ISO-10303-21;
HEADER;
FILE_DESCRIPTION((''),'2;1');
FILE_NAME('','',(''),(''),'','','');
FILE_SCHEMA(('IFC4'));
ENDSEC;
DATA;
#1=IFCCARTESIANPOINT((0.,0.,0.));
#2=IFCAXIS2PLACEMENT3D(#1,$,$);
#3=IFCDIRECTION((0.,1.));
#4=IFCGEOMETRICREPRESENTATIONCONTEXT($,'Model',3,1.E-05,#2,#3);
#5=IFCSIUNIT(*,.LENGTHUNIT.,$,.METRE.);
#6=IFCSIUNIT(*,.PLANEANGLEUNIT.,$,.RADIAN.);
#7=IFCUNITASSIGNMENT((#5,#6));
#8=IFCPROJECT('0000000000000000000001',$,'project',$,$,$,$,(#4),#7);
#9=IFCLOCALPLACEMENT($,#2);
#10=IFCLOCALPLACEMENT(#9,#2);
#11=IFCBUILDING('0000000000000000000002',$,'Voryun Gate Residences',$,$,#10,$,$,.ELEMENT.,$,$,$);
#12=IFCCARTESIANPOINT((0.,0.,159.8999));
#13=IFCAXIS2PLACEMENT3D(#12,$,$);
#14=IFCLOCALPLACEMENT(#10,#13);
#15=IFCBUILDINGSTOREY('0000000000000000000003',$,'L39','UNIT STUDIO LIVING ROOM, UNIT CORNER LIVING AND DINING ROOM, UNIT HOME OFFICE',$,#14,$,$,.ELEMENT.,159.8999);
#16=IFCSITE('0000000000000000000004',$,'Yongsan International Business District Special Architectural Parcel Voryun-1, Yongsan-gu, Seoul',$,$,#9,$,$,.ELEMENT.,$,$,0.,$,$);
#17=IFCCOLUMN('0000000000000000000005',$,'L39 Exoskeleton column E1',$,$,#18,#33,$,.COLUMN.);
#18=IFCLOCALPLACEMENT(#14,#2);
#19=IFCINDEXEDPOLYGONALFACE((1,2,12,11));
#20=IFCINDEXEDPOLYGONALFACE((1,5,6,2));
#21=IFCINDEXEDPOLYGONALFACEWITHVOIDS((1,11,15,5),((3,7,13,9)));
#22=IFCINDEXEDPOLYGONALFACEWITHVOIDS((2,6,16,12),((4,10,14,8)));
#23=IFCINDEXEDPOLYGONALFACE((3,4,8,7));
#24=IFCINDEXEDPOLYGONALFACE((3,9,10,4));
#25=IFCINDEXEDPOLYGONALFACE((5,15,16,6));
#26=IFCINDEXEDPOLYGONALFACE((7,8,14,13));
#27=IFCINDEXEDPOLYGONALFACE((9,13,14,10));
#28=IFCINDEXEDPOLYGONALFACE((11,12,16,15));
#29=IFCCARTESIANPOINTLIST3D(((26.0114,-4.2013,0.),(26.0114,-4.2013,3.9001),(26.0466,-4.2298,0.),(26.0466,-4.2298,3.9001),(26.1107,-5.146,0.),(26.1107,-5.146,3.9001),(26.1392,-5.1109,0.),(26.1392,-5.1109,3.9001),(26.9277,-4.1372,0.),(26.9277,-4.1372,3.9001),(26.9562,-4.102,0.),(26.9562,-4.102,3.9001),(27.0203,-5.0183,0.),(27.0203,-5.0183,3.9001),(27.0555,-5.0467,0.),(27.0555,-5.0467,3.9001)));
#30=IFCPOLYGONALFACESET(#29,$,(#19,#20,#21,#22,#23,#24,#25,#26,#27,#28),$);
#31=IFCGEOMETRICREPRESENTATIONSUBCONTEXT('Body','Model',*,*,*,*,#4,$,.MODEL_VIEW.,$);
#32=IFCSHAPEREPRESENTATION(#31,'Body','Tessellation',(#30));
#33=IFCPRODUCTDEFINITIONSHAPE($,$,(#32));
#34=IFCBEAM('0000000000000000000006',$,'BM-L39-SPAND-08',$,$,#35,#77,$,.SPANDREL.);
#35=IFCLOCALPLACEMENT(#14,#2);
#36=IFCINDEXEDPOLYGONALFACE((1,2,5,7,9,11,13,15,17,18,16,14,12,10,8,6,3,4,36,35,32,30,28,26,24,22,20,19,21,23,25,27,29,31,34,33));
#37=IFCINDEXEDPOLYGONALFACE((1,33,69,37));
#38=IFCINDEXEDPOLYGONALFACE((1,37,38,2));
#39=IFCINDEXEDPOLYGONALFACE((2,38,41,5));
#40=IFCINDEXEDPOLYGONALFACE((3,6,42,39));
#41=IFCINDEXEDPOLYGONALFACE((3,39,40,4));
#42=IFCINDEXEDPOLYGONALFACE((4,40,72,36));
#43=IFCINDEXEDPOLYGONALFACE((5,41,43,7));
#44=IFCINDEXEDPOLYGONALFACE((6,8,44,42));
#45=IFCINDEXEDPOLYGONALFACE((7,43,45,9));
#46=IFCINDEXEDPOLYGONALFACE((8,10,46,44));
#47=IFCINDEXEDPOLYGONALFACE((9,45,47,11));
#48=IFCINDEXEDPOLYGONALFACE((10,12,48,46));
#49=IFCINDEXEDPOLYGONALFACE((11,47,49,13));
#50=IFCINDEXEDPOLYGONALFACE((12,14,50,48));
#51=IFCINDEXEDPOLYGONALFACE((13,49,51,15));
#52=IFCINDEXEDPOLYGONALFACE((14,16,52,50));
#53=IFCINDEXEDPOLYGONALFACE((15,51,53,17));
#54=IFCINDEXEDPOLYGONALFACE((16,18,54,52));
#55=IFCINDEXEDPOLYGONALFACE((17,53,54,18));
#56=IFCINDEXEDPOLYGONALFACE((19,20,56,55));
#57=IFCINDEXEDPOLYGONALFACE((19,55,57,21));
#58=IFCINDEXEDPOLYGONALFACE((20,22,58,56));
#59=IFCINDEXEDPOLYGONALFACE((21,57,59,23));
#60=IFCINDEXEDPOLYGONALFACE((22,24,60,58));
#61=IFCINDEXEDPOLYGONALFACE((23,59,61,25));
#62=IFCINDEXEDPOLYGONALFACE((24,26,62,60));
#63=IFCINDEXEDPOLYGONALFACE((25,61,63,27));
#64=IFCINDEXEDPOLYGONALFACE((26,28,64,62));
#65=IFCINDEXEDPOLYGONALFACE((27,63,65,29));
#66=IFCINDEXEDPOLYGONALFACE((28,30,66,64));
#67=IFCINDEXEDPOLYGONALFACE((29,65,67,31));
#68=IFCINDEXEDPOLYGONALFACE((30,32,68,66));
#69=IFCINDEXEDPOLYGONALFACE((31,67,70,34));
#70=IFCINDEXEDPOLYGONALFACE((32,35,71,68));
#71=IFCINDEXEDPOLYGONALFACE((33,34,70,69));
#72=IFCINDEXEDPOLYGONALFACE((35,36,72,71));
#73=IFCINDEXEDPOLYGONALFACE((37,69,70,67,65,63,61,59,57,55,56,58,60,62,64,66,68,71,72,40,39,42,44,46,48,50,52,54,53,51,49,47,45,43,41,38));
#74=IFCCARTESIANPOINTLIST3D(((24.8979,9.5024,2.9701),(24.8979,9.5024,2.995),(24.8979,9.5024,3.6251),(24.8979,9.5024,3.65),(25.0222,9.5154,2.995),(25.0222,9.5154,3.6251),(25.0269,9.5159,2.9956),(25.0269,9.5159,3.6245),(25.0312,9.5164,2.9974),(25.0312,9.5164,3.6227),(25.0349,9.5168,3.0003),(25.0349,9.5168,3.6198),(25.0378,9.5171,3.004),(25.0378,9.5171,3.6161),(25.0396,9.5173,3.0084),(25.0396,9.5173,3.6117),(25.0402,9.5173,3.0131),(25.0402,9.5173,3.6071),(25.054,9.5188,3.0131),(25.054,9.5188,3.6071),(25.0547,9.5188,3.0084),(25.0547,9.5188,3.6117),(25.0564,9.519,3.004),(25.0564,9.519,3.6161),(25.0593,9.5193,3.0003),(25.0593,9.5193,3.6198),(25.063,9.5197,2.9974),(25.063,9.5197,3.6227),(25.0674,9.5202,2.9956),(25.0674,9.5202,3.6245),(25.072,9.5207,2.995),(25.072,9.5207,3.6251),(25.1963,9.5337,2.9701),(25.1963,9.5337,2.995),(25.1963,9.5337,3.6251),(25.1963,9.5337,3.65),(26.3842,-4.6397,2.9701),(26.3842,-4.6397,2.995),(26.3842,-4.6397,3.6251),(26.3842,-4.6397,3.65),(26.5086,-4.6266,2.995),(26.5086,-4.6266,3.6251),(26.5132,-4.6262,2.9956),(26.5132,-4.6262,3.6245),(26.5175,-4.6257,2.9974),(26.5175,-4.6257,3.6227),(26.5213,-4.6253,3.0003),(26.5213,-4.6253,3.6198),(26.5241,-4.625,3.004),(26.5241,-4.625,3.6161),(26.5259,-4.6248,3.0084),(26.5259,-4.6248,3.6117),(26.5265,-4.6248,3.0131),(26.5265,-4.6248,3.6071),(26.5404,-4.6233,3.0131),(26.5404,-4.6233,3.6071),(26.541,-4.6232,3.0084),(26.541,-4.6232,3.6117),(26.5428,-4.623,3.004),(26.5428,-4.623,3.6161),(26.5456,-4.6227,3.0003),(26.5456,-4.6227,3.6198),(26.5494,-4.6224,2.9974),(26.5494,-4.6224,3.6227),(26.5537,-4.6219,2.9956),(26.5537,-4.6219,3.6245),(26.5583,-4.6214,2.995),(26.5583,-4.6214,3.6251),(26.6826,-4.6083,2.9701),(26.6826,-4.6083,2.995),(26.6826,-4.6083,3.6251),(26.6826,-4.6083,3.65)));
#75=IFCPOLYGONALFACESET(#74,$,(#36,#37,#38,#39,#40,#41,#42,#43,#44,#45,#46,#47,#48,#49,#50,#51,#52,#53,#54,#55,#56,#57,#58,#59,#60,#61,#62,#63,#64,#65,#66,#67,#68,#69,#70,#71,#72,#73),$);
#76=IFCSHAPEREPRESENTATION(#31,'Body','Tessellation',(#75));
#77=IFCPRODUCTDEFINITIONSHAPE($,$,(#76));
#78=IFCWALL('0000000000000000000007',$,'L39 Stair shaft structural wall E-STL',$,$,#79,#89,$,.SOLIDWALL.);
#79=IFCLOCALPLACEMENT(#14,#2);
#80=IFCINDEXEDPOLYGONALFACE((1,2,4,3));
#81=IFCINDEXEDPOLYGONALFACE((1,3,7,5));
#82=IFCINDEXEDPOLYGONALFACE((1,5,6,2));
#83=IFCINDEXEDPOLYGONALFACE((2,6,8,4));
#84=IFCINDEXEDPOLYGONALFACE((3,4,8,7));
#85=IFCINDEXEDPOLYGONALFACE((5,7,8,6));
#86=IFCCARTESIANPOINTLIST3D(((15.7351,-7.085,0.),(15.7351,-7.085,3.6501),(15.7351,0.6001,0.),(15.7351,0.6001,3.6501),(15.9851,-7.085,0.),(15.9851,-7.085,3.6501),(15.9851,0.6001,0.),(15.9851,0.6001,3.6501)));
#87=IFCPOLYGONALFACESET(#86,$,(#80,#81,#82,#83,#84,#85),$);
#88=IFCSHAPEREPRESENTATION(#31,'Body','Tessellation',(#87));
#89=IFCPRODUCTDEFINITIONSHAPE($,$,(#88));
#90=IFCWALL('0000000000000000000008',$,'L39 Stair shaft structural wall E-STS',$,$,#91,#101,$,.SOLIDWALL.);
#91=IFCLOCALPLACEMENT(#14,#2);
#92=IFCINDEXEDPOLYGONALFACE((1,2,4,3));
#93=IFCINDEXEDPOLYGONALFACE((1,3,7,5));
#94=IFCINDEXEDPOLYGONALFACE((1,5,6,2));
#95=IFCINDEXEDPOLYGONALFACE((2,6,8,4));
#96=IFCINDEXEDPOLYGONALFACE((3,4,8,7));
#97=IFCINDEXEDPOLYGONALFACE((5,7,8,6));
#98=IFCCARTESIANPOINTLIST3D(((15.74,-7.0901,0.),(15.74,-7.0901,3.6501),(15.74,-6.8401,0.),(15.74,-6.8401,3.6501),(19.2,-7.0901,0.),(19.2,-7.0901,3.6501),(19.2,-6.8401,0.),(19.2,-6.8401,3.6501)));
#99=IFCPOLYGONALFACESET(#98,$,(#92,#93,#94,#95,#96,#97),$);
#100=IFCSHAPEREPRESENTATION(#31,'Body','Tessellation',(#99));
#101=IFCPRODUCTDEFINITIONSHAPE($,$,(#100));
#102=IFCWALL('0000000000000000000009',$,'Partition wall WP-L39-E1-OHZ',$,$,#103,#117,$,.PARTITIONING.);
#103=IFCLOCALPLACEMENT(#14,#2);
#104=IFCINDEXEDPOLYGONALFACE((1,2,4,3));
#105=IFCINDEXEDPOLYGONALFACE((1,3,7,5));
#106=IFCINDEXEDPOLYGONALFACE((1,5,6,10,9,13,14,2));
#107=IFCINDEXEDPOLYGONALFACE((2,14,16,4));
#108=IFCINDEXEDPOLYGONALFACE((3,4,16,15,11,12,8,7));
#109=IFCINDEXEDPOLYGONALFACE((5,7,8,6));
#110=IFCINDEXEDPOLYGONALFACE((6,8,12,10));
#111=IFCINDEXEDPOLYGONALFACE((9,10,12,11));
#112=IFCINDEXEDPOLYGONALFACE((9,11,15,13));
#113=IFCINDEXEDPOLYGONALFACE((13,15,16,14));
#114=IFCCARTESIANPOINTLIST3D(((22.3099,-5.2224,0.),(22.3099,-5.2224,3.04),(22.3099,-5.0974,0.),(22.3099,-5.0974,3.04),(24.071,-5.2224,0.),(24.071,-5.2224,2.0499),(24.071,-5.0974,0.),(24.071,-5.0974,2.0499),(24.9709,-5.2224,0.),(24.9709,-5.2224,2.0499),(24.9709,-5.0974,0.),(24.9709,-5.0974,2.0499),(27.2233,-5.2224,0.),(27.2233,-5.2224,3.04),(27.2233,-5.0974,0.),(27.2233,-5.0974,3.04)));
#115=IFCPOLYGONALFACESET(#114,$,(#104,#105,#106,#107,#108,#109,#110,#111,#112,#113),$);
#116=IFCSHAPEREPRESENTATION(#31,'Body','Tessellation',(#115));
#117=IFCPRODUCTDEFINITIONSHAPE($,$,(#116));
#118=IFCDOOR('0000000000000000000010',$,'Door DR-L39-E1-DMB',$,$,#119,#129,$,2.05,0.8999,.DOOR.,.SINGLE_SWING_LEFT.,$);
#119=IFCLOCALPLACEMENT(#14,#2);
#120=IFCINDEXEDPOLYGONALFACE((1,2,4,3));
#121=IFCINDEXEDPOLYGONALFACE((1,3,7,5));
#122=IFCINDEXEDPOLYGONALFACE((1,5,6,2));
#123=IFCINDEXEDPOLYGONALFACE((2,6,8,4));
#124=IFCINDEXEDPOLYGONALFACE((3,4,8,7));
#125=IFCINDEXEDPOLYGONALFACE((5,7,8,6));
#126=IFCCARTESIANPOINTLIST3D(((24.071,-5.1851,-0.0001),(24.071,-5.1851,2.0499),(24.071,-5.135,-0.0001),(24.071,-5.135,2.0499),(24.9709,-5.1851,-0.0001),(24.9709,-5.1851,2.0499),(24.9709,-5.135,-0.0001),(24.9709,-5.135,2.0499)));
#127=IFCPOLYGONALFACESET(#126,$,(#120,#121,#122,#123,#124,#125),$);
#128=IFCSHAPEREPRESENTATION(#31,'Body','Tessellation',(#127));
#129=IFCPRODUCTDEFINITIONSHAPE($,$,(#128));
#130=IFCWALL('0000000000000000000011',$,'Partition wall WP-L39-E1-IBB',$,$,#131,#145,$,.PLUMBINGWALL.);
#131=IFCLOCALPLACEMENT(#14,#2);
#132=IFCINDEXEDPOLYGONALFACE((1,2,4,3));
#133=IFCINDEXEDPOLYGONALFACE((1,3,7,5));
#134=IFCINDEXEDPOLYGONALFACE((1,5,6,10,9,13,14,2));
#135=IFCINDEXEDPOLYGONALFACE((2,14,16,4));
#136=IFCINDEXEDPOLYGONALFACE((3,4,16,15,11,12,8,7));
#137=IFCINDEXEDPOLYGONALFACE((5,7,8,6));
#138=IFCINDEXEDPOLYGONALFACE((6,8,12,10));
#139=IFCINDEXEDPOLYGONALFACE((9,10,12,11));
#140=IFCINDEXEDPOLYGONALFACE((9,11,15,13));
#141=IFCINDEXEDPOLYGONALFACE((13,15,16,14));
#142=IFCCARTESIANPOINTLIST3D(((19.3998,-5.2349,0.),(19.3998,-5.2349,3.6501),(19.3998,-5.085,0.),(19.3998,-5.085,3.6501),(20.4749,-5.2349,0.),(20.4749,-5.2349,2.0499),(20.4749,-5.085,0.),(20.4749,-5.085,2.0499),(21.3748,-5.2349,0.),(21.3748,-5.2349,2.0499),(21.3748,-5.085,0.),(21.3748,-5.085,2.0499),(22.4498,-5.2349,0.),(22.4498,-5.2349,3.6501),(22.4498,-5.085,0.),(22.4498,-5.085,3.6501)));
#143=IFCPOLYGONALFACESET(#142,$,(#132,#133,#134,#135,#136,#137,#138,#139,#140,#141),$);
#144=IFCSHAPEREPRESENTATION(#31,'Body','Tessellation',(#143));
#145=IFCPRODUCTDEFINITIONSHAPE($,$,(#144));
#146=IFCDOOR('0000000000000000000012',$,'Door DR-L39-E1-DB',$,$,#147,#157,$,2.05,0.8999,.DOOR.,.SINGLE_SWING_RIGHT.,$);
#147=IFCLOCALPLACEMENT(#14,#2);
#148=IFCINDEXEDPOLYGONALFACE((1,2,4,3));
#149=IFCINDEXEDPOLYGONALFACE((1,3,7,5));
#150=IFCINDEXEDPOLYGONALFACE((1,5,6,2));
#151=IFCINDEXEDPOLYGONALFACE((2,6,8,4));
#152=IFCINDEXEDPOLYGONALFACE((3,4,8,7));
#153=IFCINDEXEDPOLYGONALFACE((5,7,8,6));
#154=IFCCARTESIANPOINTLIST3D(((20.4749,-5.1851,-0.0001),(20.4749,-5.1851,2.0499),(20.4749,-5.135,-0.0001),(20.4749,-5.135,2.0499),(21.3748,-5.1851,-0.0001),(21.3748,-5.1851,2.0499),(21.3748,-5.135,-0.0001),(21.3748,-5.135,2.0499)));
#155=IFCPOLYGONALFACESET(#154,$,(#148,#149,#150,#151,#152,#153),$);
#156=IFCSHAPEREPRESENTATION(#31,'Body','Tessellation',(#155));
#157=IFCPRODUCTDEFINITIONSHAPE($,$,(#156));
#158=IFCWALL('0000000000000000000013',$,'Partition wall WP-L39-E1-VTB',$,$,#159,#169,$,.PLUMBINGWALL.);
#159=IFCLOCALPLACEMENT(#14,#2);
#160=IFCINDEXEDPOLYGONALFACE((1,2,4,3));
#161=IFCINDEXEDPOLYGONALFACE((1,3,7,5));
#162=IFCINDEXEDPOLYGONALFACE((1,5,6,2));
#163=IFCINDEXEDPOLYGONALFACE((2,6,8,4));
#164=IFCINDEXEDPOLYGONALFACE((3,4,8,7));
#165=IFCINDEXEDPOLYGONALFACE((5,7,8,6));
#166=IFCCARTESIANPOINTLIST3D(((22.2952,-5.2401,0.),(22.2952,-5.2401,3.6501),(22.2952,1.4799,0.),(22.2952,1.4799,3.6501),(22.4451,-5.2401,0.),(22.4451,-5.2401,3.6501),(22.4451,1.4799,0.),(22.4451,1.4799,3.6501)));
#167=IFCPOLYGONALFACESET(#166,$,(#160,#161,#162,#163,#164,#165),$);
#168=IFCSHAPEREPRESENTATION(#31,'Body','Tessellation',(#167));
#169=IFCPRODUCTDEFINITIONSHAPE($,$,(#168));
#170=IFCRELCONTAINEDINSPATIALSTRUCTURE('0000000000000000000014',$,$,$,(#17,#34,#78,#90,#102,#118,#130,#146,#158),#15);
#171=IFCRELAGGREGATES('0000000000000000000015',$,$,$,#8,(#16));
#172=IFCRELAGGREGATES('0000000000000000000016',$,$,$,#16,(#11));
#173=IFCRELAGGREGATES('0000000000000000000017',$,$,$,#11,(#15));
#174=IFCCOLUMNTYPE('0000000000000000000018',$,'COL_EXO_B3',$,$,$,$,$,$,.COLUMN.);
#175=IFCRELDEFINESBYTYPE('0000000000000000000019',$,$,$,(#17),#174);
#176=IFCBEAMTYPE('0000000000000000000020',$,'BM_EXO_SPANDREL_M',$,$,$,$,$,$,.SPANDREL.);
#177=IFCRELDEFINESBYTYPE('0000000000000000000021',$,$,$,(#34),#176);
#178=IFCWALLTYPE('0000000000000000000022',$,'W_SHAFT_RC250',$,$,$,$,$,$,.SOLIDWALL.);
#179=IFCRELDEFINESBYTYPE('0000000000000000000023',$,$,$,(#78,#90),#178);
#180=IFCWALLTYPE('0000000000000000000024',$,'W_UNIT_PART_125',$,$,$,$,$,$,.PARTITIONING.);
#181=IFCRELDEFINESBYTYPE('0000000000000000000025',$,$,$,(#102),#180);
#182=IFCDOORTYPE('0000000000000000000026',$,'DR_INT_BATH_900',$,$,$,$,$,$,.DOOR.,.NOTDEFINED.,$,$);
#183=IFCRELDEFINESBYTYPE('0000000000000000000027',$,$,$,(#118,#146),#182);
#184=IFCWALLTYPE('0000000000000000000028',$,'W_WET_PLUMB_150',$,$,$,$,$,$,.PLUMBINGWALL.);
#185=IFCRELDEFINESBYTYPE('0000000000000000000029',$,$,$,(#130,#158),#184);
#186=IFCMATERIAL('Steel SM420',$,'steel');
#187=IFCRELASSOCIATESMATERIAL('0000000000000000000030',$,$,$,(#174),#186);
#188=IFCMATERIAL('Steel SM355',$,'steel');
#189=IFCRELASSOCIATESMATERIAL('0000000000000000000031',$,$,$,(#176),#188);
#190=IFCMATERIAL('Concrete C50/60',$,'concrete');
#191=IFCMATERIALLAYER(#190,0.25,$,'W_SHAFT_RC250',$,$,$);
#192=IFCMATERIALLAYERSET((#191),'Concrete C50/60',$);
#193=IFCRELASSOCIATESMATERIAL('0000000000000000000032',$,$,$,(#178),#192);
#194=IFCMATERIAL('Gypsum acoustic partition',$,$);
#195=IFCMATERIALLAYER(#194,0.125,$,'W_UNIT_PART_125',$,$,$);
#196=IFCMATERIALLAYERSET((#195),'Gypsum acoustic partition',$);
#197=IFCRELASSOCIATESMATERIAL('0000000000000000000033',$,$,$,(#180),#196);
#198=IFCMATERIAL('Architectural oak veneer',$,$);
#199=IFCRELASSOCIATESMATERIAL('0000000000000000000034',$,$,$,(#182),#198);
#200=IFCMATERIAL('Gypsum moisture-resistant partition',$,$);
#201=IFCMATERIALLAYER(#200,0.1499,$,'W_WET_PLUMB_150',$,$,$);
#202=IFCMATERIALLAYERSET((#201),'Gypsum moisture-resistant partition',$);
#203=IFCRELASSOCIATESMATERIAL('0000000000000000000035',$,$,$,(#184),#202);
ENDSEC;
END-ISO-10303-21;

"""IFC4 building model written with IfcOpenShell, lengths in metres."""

from ifc_helpers import new_model, si_unit, direction, frame, frame_2d, origin, origin_2d, place, context, subcontext, project, spatial, rectangle, hollow_rectangle, i_section, extrude, material, layer, layer_set, material_profile, profile_set, type_object, element, fill, save


model = new_model("IFC4")

# Units and contexts
model_context = context("Model", 3, precision=1e-05, world=origin(), true_north=direction((0.0, 1.0)))
body_context = subcontext(model_context, "Body", "Model", "MODEL_VIEW")
ifc_project = project(units=[si_unit("LENGTHUNIT", "METRE"), si_unit("PLANEANGLEUNIT", "RADIAN")], contexts=[model_context])

# Site, building, storey
site_placement = place(None, origin())
site = spatial("IfcSite", under=ifc_project, at=site_placement, Name="Yongsan International Business District Special Architectural Parcel Voryun-1, Yongsan-gu, Seoul", CompositionType="ELEMENT", RefElevation=0.0)
building_placement = place(site_placement, origin())
building = spatial("IfcBuilding", under=site, at=building_placement, Name="Voryun Gate Residences", CompositionType="ELEMENT")
storey_placement = place(building_placement, frame((0.0, 0.0, 159.8999)))
storey = spatial("IfcBuildingStorey", under=building, at=storey_placement, Name="L39", Description="UNIT STUDIO LIVING ROOM, UNIT CORNER LIVING AND DINING ROOM, UNIT HOME OFFICE", CompositionType="ELEMENT", Elevation=159.8999)

# Column
ifc_material_1 = material(Name="Steel SM420", Category="steel")
ifc_material_profile_1 = material_profile(ifc_material_1, hollow_rectangle(XDim=0.95, YDim=0.95, WallThickness=0.032, at=origin_2d()), Name="BOX-950x950x32")
ifc_profile_set_1 = profile_set([ifc_material_profile_1], Name="Steel SM420")
column_type = type_object("IfcColumnType", Name="COL_EXO_B3", PredefinedType="COLUMN", material=ifc_profile_set_1)
column_placement = place(storey_placement, frame((26.5334, -4.624, 0.0), z_axis=(0.0, 0.0, 1.0), x_axis=(0.994522, 0.104528, 0.0)))
element("IfcColumn", 1, at=column_placement, inside=storey, type_object=column_type, Name="L39 Exoskeleton column E1", PredefinedType="COLUMN", context=body_context, shape_type="SweptSolid", body=[
    extrude(hollow_rectangle(XDim=0.95, YDim=0.95, WallThickness=0.032, at=origin_2d()), origin(), (0.0, 0.0, 1.0), 3.9001),
])

# Beam
ifc_material_2 = material(Name="Steel SM355", Category="steel")
ifc_material_profile_2 = material_profile(ifc_material_2, i_section(OverallWidth=0.3, OverallDepth=0.6799, WebThickness=0.0139, FlangeThickness=0.0249, FilletRadius=0.0181, at=origin_2d()), Name="H-680x300x14x25")
ifc_profile_set_2 = profile_set([ifc_material_profile_2], Name="Steel SM355")
beam_type = type_object("IfcBeamType", Name="BM_EXO_SPANDREL_M", PredefinedType="SPANDREL", material=ifc_profile_set_2)
beam_placement = place(storey_placement, frame((26.5334, -4.624, 3.3101), z_axis=(-0.104524, 0.994522, 0.0), x_axis=(-0.994522, -0.104524, 0.0)))
element("IfcBeam", 2, at=beam_placement, inside=storey, type_object=beam_type, Name="BM-L39-SPAND-08", PredefinedType="SPANDREL", context=body_context, shape_type="SweptSolid", body=[
    extrude(i_section(OverallWidth=0.3, OverallDepth=0.6799, WebThickness=0.0139, FlangeThickness=0.0249, FilletRadius=0.0181, at=origin_2d()), origin(), (0.0, 0.0, 1.0), 14.22),
])

# Walls
ifc_material_3 = material(Name="Concrete C50/60", Category="concrete")
ifc_layer_1 = layer(ifc_material_3, 0.25, Name="W_SHAFT_RC250")
ifc_layer_set_1 = layer_set([ifc_layer_1], Name="Concrete C50/60")
wall_type_1 = type_object("IfcWallType", Name="W_SHAFT_RC250", PredefinedType="SOLIDWALL", material=ifc_layer_set_1)
wall_1_placement = place(storey_placement, frame((15.8601, -7.085, 0.0), z_axis=(0.0, 0.0, 1.0), x_axis=(0.0, 1.0, 0.0)))
element("IfcWall", 3, at=wall_1_placement, inside=storey, type_object=wall_type_1, Name="L39 Stair shaft structural wall E-STL", PredefinedType="SOLIDWALL", context=body_context, shape_type="SweptSolid", body=[
    extrude(rectangle(XDim=7.6851, YDim=0.25, at=frame_2d((3.8425, 0.0))), origin(), (0.0, 0.0, 1.0), 3.6501),
])
wall_2_placement = place(storey_placement, frame((15.74, -6.9651, 0.0), z_axis=(0.0, 0.0, 1.0), x_axis=(1.0, 0.0, 0.0)))
element("IfcWall", 4, at=wall_2_placement, inside=storey, type_object=wall_type_1, Name="L39 Stair shaft structural wall E-STS", PredefinedType="SOLIDWALL", context=body_context, shape_type="SweptSolid", body=[
    extrude(rectangle(XDim=3.46, YDim=0.25, at=frame_2d((1.73, 0.0))), origin(), (0.0, 0.0, 1.0), 3.6501),
])

# Walls, openings, doors
ifc_material_4 = material(Name="Gypsum acoustic partition")
ifc_layer_2 = layer(ifc_material_4, 0.125, Name="W_UNIT_PART_125")
ifc_layer_set_2 = layer_set([ifc_layer_2], Name="Gypsum acoustic partition")
wall_type_2 = type_object("IfcWallType", Name="W_UNIT_PART_125", PredefinedType="PARTITIONING", material=ifc_layer_set_2)
wall_3_placement = place(storey_placement, frame((22.3101, -5.1599, 0.0), z_axis=(0.0, 0.0, 1.0), x_axis=(1.0, 0.0, 0.0)))
wall_3 = element("IfcWall", 5, at=wall_3_placement, inside=storey, type_object=wall_type_2, Name="Partition wall WP-L39-E1-OHZ", PredefinedType="PARTITIONING", context=body_context, shape_type="SweptSolid", body=[
    extrude(rectangle(XDim=4.9133, YDim=0.125, at=frame_2d((2.4565, 0.0))), origin(), (0.0, 0.0, 1.0), 3.04),
])
opening_1_placement = place(wall_3_placement, frame((1.761, 0.0, 0.0)))
opening_1 = element("IfcOpeningElement", 6, at=opening_1_placement, cuts=wall_3, PredefinedType="OPENING", context=body_context, shape_type="SweptSolid", body=[
    extrude(rectangle(XDim=0.8999, YDim=2.05, at=frame_2d((0.45, 1.0249))), frame((0.0, 0.0725, 0.0), z_axis=(0.0, -1.0, 0.0), x_axis=(1.0, 0.0, 0.0)), (0.0, 0.0, 1.0), 0.145),
])
ifc_material_5 = material(Name="Architectural oak veneer")
door_type = type_object("IfcDoorType", Name="DR_INT_BATH_900", OperationType="NOTDEFINED", PredefinedType="DOOR", material=ifc_material_5)
door_1_placement = place(opening_1_placement, origin())
door_1 = element("IfcDoor", 7, at=door_1_placement, inside=storey, type_object=door_type, Name="Door DR-L39-E1-DMB", OperationType="SINGLE_SWING_LEFT", OverallHeight=2.05, OverallWidth=0.8999, PredefinedType="DOOR", context=body_context, shape_type="SweptSolid", body=[
    extrude(rectangle(XDim=0.8999, YDim=2.05, at=frame_2d((0.45, 1.0249))), frame((0.0, 0.0249, 0.0), z_axis=(0.0, -1.0, 0.0), x_axis=(1.0, 0.0, 0.0)), (0.0, 0.0, 1.0), 0.05),
])
fill(opening_1, door_1)
ifc_material_6 = material(Name="Gypsum moisture-resistant partition")
ifc_layer_3 = layer(ifc_material_6, 0.1499, Name="W_WET_PLUMB_150")
ifc_layer_set_3 = layer_set([ifc_layer_3], Name="Gypsum moisture-resistant partition")
wall_type_3 = type_object("IfcWallType", Name="W_WET_PLUMB_150", PredefinedType="PLUMBINGWALL", material=ifc_layer_set_3)
wall_4_placement = place(storey_placement, frame((19.3999, -5.1599, 0.0), z_axis=(0.0, 0.0, 1.0), x_axis=(1.0, 0.0, 0.0)))
wall_4 = element("IfcWall", 8, at=wall_4_placement, inside=storey, type_object=wall_type_3, Name="Partition wall WP-L39-E1-IBB", PredefinedType="PLUMBINGWALL", context=body_context, shape_type="SweptSolid", body=[
    extrude(rectangle(XDim=3.05, YDim=0.1499, at=frame_2d((1.5249, 0.0))), origin(), (0.0, 0.0, 1.0), 3.6501),
])
opening_2_placement = place(wall_4_placement, frame((1.075, 0.0, 0.0)))
opening_2 = element("IfcOpeningElement", 9, at=opening_2_placement, cuts=wall_4, PredefinedType="OPENING", context=body_context, shape_type="SweptSolid", body=[
    extrude(rectangle(XDim=0.8999, YDim=2.05, at=frame_2d((0.45, 1.0249))), frame((0.0, 0.085, 0.0), z_axis=(0.0, -1.0, 0.0), x_axis=(1.0, 0.0, 0.0)), (0.0, 0.0, 1.0), 0.1699),
])
door_2_placement = place(opening_2_placement, origin())
door_2 = element("IfcDoor", 10, at=door_2_placement, inside=storey, type_object=door_type, Name="Door DR-L39-E1-DB", OperationType="SINGLE_SWING_RIGHT", OverallHeight=2.05, OverallWidth=0.8999, PredefinedType="DOOR", context=body_context, shape_type="SweptSolid", body=[
    extrude(rectangle(XDim=0.8999, YDim=2.05, at=frame_2d((0.45, 1.0249))), frame((0.0, 0.0249, 0.0), z_axis=(0.0, -1.0, 0.0), x_axis=(1.0, 0.0, 0.0)), (0.0, 0.0, 1.0), 0.05),
])
fill(opening_2, door_2)

# Wall
wall_5_placement = place(storey_placement, frame((22.3701, -5.24, 0.0), z_axis=(0.0, 0.0, 1.0), x_axis=(0.0, 1.0, 0.0)))
element("IfcWall", 11, at=wall_5_placement, inside=storey, type_object=wall_type_3, Name="Partition wall WP-L39-E1-VTB", PredefinedType="PLUMBINGWALL", context=body_context, shape_type="SweptSolid", body=[
    extrude(rectangle(XDim=6.72, YDim=0.1499, at=frame_2d((3.3599, 0.0))), origin(), (0.0, 0.0, 1.0), 3.6501),
])

save(model, "model.ifc")
